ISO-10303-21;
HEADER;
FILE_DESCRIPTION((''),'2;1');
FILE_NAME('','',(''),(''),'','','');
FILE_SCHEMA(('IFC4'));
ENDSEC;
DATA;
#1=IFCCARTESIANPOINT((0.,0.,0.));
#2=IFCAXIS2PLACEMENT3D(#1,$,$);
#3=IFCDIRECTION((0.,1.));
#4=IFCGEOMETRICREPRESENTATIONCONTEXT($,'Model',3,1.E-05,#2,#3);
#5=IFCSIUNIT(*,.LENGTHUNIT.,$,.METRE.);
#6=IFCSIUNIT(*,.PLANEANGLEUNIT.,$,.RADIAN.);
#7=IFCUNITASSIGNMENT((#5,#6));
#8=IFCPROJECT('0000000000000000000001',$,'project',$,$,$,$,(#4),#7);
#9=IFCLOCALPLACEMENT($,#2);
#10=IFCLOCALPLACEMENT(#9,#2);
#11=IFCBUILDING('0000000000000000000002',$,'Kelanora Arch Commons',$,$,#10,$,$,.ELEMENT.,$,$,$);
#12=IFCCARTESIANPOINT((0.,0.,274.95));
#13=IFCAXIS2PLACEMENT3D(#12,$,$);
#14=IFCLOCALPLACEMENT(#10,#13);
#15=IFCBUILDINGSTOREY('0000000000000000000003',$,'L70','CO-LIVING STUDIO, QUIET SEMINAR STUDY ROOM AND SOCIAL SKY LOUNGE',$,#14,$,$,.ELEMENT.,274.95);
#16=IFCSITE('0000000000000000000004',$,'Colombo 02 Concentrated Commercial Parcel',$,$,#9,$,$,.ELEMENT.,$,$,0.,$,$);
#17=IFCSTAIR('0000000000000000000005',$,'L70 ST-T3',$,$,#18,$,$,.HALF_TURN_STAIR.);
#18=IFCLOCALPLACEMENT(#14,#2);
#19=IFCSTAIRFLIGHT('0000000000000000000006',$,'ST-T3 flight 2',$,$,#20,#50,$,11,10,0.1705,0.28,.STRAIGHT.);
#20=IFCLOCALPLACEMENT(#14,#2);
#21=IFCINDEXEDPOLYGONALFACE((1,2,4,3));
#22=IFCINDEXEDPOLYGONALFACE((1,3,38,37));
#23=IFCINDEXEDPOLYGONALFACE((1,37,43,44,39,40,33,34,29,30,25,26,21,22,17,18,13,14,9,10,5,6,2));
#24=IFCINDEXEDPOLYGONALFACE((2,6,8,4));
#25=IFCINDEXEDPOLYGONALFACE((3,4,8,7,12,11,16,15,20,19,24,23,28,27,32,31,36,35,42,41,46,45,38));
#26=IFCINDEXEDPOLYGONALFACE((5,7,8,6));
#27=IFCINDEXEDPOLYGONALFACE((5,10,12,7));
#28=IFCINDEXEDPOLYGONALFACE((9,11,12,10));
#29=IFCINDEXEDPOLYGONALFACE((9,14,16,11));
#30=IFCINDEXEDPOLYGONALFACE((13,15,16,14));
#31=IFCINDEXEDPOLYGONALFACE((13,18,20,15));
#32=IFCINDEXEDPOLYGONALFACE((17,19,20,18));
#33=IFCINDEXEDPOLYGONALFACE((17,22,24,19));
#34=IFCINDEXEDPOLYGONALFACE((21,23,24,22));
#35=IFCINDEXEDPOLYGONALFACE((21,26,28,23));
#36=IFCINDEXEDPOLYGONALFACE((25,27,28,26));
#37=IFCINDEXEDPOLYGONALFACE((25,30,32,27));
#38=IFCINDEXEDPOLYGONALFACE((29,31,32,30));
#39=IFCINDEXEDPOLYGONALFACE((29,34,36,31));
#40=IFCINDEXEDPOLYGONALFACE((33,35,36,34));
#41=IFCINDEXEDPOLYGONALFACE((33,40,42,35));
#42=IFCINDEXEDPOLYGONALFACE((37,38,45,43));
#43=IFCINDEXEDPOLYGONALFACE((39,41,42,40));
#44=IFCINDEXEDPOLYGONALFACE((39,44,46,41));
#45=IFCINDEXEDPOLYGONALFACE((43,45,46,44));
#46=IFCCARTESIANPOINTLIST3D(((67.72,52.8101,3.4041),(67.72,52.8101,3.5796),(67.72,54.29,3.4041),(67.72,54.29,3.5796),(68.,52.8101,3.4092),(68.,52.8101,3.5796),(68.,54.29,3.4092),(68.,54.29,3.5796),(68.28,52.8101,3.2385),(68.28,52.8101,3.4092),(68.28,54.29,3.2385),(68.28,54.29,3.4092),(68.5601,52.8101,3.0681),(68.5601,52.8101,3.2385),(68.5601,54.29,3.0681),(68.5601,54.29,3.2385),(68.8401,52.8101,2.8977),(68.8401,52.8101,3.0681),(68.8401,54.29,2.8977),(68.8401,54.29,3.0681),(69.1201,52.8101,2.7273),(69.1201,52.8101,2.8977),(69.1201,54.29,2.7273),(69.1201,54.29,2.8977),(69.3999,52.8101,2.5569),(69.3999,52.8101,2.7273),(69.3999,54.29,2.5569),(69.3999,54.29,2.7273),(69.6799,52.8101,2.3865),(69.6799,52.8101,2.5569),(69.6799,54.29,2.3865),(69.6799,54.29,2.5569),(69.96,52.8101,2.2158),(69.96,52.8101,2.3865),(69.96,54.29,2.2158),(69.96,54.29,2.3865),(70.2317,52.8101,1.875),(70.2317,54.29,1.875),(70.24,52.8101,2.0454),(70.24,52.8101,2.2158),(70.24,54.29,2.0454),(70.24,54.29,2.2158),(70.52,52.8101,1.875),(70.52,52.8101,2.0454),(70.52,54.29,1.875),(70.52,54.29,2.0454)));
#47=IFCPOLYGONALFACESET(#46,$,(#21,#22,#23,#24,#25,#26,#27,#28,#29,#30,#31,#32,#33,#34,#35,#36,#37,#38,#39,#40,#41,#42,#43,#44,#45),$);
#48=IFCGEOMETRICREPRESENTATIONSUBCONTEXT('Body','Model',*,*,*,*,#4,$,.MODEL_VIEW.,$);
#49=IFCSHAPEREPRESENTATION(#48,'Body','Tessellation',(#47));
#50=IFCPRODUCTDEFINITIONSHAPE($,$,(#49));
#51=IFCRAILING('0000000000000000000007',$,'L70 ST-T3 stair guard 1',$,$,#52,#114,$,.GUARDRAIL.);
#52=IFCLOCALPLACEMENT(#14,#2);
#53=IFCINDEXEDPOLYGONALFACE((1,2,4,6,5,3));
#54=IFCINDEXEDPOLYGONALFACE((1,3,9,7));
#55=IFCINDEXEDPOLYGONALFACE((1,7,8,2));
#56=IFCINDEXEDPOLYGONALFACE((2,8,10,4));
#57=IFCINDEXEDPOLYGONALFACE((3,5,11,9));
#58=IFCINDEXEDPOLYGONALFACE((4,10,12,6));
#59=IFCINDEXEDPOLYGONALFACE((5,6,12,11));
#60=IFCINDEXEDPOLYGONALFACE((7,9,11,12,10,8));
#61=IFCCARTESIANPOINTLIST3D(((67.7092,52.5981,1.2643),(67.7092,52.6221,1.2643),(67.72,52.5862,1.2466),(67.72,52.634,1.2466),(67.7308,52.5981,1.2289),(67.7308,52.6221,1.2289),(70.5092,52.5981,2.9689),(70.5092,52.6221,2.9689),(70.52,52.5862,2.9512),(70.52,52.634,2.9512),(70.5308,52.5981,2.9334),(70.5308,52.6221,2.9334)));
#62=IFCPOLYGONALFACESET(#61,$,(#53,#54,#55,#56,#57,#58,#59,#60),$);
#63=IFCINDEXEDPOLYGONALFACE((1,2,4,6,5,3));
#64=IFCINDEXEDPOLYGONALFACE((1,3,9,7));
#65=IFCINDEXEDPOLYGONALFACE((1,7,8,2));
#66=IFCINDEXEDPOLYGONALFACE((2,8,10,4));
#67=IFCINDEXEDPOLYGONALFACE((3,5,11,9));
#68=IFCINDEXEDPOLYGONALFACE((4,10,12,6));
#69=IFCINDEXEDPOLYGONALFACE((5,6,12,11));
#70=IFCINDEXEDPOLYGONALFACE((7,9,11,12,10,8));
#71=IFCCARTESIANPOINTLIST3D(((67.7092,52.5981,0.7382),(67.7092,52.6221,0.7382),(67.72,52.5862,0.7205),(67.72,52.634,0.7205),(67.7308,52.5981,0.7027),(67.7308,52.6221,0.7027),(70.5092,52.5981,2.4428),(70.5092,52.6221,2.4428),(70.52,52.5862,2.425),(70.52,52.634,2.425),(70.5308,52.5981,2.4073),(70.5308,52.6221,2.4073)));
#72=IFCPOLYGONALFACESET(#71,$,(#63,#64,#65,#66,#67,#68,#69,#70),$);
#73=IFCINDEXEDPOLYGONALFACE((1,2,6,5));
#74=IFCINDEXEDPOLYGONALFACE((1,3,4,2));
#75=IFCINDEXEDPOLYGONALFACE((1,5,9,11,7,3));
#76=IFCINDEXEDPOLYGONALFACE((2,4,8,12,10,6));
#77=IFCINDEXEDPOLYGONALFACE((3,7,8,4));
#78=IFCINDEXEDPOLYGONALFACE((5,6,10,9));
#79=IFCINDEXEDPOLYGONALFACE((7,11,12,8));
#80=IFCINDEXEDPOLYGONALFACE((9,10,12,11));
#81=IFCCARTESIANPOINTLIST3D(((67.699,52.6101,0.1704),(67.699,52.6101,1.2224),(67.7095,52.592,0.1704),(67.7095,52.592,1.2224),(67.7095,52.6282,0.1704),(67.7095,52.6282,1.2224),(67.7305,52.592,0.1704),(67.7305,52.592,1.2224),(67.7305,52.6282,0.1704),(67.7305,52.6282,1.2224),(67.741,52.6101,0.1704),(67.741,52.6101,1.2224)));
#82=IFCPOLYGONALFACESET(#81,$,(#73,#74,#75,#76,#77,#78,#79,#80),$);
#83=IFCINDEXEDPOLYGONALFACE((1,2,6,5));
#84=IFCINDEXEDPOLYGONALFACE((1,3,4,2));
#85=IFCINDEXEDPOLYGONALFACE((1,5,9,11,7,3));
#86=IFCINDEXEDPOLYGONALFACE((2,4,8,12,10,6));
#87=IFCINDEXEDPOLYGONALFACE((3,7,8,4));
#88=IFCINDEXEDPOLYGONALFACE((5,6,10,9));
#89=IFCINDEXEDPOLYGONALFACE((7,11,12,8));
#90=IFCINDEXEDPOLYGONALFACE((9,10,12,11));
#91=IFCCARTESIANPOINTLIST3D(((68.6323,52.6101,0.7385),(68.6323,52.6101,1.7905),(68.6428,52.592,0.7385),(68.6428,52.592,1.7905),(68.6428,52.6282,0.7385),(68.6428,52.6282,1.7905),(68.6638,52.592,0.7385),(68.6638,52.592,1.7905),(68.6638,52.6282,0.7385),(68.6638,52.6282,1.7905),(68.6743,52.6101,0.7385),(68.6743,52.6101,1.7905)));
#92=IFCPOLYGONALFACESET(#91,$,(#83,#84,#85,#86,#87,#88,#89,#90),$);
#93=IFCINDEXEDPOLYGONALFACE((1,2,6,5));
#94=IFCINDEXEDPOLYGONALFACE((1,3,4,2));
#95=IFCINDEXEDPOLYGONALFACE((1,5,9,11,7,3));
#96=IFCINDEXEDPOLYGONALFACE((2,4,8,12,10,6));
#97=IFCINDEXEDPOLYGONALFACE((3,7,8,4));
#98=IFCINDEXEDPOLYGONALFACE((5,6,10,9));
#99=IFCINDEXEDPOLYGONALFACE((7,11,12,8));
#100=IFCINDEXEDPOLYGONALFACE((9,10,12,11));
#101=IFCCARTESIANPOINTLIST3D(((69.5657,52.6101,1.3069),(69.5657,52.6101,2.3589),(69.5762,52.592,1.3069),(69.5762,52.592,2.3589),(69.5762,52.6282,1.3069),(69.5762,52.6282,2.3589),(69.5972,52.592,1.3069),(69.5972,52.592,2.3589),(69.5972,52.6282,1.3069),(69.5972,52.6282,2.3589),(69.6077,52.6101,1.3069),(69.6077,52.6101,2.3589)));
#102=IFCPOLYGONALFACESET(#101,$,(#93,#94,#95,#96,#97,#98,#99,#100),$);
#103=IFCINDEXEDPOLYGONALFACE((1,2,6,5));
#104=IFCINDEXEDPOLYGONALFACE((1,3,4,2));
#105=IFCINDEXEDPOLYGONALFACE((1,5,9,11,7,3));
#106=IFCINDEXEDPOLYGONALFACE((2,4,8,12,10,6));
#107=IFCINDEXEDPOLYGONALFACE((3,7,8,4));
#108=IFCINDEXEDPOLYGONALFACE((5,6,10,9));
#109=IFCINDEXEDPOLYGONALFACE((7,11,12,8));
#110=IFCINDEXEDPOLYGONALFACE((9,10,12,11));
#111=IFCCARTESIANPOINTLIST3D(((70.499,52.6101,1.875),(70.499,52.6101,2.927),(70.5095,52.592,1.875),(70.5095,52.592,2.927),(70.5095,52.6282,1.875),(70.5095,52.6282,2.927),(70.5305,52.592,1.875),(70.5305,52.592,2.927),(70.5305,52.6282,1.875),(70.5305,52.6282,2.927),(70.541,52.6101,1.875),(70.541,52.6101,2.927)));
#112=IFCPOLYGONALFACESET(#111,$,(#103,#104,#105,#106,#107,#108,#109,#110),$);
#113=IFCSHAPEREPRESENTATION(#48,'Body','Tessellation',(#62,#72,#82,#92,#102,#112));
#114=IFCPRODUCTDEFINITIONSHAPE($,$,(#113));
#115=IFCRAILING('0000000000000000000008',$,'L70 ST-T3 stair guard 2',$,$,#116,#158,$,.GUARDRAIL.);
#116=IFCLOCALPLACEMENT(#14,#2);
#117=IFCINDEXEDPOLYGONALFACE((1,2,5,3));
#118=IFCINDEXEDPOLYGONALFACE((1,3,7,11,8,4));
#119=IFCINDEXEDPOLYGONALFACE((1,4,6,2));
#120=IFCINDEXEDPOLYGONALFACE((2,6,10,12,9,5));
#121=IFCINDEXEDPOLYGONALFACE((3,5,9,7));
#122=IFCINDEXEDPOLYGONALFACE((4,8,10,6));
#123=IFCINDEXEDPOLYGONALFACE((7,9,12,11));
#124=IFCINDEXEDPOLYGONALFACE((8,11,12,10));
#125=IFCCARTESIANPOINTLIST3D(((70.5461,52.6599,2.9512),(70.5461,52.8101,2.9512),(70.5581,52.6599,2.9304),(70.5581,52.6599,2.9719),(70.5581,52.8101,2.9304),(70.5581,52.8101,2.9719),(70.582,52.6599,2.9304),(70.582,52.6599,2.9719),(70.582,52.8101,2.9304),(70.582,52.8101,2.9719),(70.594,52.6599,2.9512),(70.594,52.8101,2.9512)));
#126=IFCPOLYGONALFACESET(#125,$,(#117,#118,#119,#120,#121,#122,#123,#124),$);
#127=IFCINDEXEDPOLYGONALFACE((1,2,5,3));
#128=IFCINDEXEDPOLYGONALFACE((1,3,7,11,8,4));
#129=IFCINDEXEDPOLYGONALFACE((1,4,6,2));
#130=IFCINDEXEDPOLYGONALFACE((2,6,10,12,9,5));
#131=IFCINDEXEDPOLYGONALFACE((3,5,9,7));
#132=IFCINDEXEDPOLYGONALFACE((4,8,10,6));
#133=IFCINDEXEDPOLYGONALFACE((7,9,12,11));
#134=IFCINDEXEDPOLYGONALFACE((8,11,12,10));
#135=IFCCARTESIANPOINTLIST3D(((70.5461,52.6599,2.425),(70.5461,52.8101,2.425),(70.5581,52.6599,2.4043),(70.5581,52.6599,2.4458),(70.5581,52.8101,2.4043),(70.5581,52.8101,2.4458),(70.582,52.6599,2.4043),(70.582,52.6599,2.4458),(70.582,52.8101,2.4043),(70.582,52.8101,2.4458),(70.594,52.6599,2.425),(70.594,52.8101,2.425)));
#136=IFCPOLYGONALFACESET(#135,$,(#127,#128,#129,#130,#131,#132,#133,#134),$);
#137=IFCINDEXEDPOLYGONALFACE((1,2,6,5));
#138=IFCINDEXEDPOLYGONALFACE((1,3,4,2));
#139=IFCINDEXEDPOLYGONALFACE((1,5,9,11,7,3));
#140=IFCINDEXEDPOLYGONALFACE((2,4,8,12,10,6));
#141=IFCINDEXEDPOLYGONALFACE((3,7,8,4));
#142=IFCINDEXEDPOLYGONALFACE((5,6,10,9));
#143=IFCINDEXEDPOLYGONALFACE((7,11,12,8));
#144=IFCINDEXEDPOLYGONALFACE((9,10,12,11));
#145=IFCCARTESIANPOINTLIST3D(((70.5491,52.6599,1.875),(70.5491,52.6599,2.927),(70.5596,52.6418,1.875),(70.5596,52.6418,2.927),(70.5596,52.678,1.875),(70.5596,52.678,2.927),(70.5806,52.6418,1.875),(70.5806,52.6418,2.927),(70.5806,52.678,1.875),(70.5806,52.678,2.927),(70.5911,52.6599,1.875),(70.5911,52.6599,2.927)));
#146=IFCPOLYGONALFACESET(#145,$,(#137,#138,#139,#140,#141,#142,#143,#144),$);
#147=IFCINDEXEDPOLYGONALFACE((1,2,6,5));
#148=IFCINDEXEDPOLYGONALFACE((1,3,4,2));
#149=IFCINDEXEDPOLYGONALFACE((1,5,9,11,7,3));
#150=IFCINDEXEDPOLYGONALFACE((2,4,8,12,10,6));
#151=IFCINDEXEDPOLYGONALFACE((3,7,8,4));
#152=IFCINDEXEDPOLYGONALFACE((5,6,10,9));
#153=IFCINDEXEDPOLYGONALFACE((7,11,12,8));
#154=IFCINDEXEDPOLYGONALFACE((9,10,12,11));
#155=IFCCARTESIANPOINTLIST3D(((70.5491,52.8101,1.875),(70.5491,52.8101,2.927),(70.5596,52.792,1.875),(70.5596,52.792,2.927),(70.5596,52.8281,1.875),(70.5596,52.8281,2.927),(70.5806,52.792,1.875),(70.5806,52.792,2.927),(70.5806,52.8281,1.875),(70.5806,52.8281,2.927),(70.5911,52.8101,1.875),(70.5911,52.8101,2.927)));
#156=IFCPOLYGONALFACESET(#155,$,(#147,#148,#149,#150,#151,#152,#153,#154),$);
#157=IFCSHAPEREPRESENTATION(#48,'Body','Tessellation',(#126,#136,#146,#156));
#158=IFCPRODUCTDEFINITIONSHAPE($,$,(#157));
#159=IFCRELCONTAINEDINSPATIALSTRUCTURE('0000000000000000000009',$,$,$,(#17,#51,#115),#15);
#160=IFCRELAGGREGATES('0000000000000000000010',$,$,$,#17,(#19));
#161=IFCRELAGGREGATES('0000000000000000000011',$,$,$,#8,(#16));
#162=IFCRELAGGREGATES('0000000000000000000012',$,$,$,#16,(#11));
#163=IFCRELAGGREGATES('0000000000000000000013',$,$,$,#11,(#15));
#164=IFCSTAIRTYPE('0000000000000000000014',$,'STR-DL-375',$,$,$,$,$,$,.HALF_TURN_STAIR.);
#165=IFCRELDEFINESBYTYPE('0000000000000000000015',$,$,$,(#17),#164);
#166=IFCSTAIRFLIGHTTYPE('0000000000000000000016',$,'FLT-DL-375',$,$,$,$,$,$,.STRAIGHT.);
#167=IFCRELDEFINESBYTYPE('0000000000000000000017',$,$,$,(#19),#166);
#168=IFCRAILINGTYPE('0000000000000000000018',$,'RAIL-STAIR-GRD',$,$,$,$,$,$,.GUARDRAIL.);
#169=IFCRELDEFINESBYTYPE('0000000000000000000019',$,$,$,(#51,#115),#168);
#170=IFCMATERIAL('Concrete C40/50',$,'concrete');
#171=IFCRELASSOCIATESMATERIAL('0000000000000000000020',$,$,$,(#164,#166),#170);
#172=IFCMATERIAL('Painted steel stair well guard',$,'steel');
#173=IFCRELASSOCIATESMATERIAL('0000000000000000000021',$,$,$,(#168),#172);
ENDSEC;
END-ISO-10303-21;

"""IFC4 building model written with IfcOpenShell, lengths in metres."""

from ifc_helpers import new_model, si_unit, direction, frame, origin, place, context, subcontext, project, spatial, polyline, outline, extrude, material, type_object, element, aggregate, save


model = new_model("IFC4")

# Units and contexts
model_context = context("Model", 3, precision=1e-05, world=origin(), true_north=direction((0.0, 1.0)))
body_context = subcontext(model_context, "Body", "Model", "MODEL_VIEW")
ifc_project = project(units=[si_unit("LENGTHUNIT", "METRE"), si_unit("PLANEANGLEUNIT", "RADIAN")], contexts=[model_context])

# Site, building, storey
site_placement = place(None, origin())
site = spatial("IfcSite", under=ifc_project, at=site_placement, Name="Colombo 02 Concentrated Commercial Parcel", CompositionType="ELEMENT", RefElevation=0.0)
building_placement = place(site_placement, origin())
building = spatial("IfcBuilding", under=site, at=building_placement, Name="Kelanora Arch Commons", CompositionType="ELEMENT")
storey_placement = place(building_placement, frame((0.0, 0.0, 274.95)))
storey = spatial("IfcBuildingStorey", under=building, at=storey_placement, Name="L70", Description="CO-LIVING STUDIO, QUIET SEMINAR STUDY ROOM AND SOCIAL SKY LOUNGE", CompositionType="ELEMENT", Elevation=274.95)

# Shared definitions
ifc_material_1 = material(Name="Concrete C40/50", Category="concrete")

# Stair, stair flight
stair_type = type_object("IfcStairType", Name="STR-DL-375", PredefinedType="HALF_TURN_STAIR", material=ifc_material_1)
stair_placement = place(storey_placement, origin())
stair = element("IfcStair", 1, at=stair_placement, inside=storey, type_object=stair_type, Name="L70 ST-T3", PredefinedType="HALF_TURN_STAIR")
stair_flight_type = type_object("IfcStairFlightType", Name="FLT-DL-375", PredefinedType="STRAIGHT", material=ifc_material_1)
stair_flight_1_placement = place(storey_placement, frame((70.52, 53.55, 1.875), z_axis=(0.0, 0.0, 1.0), x_axis=(-1.0, 0.0, 0.0)))
stair_flight_1 = element("IfcStairFlight", 2, at=stair_flight_1_placement, type_object=stair_flight_type, Name="ST-T3 flight 2", NumberOfRisers=11, NumberOfTreads=10, PredefinedType="STRAIGHT", RiserHeight=0.1705, TreadLength=0.28, context=body_context, shape_type="SweptSolid", body=[
    extrude(outline(polyline([(0.0, 0.0), (0.0, 0.1704), (0.28, 0.1704), (0.28, 0.3408), (0.5601, 0.3408), (0.5601, 0.5115), (0.8401, 0.5115), (0.8401, 0.6819), (1.1201, 0.6819), (1.1201, 0.8523), (1.3999, 0.8523), (1.3999, 1.0227), (1.6799, 1.0227), (1.6799, 1.1931), (1.96, 1.1931), (1.96, 1.3635), (2.24, 1.3635), (2.24, 1.5342), (2.52, 1.5342), (2.52, 1.7046), (2.8, 1.7046), (2.8, 1.875), (2.8, 1.5291), (0.2883, 0.0), (0.0, 0.0)])), frame((0.0, 0.74, 0.0), z_axis=(0.0, -1.0, 0.0), x_axis=(1.0, 0.0, 0.0)), (0.0, 0.0, 1.0), 1.48),
])
aggregate(stair, [stair_flight_1])

# Railings
ifc_material_2 = material(Name="Painted steel stair well guard", Category="steel")
railing_type_1 = type_object("IfcRailingType", Name="RAIL-STAIR-GRD", PredefinedType="GUARDRAIL", material=ifc_material_2)
railing_1_placement = place(storey_placement, frame((67.72, 52.6101, 0.1704)))
element("IfcRailing", 3, at=railing_1_placement, inside=storey, type_object=railing_type_1, Name="L70 ST-T3 stair guard 1", PredefinedType="GUARDRAIL", context=body_context, shape_type="SweptSolid", body=[
    extrude(outline(polyline([(0.0239, 0.0), (0.012, 0.0208), (-0.012, 0.0208), (-0.0239, 0.0), (-0.012, -0.0208), (0.012, -0.0208), (0.0239, 0.0)])), frame((0.0, 0.0, 1.0762), z_axis=(0.85417, 0.0, 0.519994), x_axis=(0.0, 1.0, 0.0)), (0.0, 0.0, 1.0), 3.2781),
    extrude(outline(polyline([(0.0239, 0.0), (0.012, 0.0208), (-0.012, 0.0208), (-0.0239, 0.0), (-0.012, -0.0208), (0.012, -0.0208), (0.0239, 0.0)])), frame((0.0, 0.0, 0.55), z_axis=(0.85417, 0.0, 0.519994), x_axis=(0.0, 1.0, 0.0)), (0.0, 0.0, 1.0), 3.2781),
    extrude(outline(polyline([(0.021, 0.0), (0.0105, 0.0181), (-0.0105, 0.0181), (-0.021, 0.0), (-0.0105, -0.0181), (0.0105, -0.0181), (0.021, 0.0)])), origin(), (0.0, 0.0, 1.0), 1.052),
    extrude(outline(polyline([(0.021, 0.0), (0.0105, 0.0181), (-0.0105, 0.0181), (-0.021, 0.0), (-0.0105, -0.0181), (0.0105, -0.0181), (0.021, 0.0)])), frame((0.9333, 0.0, 0.5681)), (0.0, 0.0, 1.0), 1.052),
    extrude(outline(polyline([(0.021, 0.0), (0.0105, 0.0181), (-0.0105, 0.0181), (-0.021, 0.0), (-0.0105, -0.0181), (0.0105, -0.0181), (0.021, 0.0)])), frame((1.8667, 0.0, 1.1365)), (0.0, 0.0, 1.0), 1.052),
    extrude(outline(polyline([(0.021, 0.0), (0.0105, 0.0181), (-0.0105, 0.0181), (-0.021, 0.0), (-0.0105, -0.0181), (0.0105, -0.0181), (0.021, 0.0)])), frame((2.8, 0.0, 1.7046)), (0.0, 0.0, 1.0), 1.052),
])
railing_2_placement = place(storey_placement, frame((70.5701, 52.6599, 1.875)))
element("IfcRailing", 4, at=railing_2_placement, inside=storey, type_object=railing_type_1, Name="L70 ST-T3 stair guard 2", PredefinedType="GUARDRAIL", context=body_context, shape_type="SweptSolid", body=[
    extrude(outline(polyline([(0.0239, 0.0), (0.012, 0.0208), (-0.012, 0.0208), (-0.0239, 0.0), (-0.012, -0.0208), (0.012, -0.0208), (0.0239, 0.0)])), frame((0.0, 0.0, 1.0762), z_axis=(0.0, 1.0, 0.0), x_axis=(-1.0, 0.0, 0.0)), (0.0, 0.0, 1.0), 0.1501),
    extrude(outline(polyline([(0.0239, 0.0), (0.012, 0.0208), (-0.012, 0.0208), (-0.0239, 0.0), (-0.012, -0.0208), (0.012, -0.0208), (0.0239, 0.0)])), frame((0.0, 0.0, 0.55), z_axis=(0.0, 1.0, 0.0), x_axis=(-1.0, 0.0, 0.0)), (0.0, 0.0, 1.0), 0.1501),
    extrude(outline(polyline([(0.021, 0.0), (0.0105, 0.0181), (-0.0105, 0.0181), (-0.021, 0.0), (-0.0105, -0.0181), (0.0105, -0.0181), (0.021, 0.0)])), origin(), (0.0, 0.0, 1.0), 1.052),
    extrude(outline(polyline([(0.021, 0.0), (0.0105, 0.0181), (-0.0105, 0.0181), (-0.021, 0.0), (-0.0105, -0.0181), (0.0105, -0.0181), (0.021, 0.0)])), frame((0.0, 0.1501, 0.0)), (0.0, 0.0, 1.0), 1.052),
])

save(model, "model.ifc")
